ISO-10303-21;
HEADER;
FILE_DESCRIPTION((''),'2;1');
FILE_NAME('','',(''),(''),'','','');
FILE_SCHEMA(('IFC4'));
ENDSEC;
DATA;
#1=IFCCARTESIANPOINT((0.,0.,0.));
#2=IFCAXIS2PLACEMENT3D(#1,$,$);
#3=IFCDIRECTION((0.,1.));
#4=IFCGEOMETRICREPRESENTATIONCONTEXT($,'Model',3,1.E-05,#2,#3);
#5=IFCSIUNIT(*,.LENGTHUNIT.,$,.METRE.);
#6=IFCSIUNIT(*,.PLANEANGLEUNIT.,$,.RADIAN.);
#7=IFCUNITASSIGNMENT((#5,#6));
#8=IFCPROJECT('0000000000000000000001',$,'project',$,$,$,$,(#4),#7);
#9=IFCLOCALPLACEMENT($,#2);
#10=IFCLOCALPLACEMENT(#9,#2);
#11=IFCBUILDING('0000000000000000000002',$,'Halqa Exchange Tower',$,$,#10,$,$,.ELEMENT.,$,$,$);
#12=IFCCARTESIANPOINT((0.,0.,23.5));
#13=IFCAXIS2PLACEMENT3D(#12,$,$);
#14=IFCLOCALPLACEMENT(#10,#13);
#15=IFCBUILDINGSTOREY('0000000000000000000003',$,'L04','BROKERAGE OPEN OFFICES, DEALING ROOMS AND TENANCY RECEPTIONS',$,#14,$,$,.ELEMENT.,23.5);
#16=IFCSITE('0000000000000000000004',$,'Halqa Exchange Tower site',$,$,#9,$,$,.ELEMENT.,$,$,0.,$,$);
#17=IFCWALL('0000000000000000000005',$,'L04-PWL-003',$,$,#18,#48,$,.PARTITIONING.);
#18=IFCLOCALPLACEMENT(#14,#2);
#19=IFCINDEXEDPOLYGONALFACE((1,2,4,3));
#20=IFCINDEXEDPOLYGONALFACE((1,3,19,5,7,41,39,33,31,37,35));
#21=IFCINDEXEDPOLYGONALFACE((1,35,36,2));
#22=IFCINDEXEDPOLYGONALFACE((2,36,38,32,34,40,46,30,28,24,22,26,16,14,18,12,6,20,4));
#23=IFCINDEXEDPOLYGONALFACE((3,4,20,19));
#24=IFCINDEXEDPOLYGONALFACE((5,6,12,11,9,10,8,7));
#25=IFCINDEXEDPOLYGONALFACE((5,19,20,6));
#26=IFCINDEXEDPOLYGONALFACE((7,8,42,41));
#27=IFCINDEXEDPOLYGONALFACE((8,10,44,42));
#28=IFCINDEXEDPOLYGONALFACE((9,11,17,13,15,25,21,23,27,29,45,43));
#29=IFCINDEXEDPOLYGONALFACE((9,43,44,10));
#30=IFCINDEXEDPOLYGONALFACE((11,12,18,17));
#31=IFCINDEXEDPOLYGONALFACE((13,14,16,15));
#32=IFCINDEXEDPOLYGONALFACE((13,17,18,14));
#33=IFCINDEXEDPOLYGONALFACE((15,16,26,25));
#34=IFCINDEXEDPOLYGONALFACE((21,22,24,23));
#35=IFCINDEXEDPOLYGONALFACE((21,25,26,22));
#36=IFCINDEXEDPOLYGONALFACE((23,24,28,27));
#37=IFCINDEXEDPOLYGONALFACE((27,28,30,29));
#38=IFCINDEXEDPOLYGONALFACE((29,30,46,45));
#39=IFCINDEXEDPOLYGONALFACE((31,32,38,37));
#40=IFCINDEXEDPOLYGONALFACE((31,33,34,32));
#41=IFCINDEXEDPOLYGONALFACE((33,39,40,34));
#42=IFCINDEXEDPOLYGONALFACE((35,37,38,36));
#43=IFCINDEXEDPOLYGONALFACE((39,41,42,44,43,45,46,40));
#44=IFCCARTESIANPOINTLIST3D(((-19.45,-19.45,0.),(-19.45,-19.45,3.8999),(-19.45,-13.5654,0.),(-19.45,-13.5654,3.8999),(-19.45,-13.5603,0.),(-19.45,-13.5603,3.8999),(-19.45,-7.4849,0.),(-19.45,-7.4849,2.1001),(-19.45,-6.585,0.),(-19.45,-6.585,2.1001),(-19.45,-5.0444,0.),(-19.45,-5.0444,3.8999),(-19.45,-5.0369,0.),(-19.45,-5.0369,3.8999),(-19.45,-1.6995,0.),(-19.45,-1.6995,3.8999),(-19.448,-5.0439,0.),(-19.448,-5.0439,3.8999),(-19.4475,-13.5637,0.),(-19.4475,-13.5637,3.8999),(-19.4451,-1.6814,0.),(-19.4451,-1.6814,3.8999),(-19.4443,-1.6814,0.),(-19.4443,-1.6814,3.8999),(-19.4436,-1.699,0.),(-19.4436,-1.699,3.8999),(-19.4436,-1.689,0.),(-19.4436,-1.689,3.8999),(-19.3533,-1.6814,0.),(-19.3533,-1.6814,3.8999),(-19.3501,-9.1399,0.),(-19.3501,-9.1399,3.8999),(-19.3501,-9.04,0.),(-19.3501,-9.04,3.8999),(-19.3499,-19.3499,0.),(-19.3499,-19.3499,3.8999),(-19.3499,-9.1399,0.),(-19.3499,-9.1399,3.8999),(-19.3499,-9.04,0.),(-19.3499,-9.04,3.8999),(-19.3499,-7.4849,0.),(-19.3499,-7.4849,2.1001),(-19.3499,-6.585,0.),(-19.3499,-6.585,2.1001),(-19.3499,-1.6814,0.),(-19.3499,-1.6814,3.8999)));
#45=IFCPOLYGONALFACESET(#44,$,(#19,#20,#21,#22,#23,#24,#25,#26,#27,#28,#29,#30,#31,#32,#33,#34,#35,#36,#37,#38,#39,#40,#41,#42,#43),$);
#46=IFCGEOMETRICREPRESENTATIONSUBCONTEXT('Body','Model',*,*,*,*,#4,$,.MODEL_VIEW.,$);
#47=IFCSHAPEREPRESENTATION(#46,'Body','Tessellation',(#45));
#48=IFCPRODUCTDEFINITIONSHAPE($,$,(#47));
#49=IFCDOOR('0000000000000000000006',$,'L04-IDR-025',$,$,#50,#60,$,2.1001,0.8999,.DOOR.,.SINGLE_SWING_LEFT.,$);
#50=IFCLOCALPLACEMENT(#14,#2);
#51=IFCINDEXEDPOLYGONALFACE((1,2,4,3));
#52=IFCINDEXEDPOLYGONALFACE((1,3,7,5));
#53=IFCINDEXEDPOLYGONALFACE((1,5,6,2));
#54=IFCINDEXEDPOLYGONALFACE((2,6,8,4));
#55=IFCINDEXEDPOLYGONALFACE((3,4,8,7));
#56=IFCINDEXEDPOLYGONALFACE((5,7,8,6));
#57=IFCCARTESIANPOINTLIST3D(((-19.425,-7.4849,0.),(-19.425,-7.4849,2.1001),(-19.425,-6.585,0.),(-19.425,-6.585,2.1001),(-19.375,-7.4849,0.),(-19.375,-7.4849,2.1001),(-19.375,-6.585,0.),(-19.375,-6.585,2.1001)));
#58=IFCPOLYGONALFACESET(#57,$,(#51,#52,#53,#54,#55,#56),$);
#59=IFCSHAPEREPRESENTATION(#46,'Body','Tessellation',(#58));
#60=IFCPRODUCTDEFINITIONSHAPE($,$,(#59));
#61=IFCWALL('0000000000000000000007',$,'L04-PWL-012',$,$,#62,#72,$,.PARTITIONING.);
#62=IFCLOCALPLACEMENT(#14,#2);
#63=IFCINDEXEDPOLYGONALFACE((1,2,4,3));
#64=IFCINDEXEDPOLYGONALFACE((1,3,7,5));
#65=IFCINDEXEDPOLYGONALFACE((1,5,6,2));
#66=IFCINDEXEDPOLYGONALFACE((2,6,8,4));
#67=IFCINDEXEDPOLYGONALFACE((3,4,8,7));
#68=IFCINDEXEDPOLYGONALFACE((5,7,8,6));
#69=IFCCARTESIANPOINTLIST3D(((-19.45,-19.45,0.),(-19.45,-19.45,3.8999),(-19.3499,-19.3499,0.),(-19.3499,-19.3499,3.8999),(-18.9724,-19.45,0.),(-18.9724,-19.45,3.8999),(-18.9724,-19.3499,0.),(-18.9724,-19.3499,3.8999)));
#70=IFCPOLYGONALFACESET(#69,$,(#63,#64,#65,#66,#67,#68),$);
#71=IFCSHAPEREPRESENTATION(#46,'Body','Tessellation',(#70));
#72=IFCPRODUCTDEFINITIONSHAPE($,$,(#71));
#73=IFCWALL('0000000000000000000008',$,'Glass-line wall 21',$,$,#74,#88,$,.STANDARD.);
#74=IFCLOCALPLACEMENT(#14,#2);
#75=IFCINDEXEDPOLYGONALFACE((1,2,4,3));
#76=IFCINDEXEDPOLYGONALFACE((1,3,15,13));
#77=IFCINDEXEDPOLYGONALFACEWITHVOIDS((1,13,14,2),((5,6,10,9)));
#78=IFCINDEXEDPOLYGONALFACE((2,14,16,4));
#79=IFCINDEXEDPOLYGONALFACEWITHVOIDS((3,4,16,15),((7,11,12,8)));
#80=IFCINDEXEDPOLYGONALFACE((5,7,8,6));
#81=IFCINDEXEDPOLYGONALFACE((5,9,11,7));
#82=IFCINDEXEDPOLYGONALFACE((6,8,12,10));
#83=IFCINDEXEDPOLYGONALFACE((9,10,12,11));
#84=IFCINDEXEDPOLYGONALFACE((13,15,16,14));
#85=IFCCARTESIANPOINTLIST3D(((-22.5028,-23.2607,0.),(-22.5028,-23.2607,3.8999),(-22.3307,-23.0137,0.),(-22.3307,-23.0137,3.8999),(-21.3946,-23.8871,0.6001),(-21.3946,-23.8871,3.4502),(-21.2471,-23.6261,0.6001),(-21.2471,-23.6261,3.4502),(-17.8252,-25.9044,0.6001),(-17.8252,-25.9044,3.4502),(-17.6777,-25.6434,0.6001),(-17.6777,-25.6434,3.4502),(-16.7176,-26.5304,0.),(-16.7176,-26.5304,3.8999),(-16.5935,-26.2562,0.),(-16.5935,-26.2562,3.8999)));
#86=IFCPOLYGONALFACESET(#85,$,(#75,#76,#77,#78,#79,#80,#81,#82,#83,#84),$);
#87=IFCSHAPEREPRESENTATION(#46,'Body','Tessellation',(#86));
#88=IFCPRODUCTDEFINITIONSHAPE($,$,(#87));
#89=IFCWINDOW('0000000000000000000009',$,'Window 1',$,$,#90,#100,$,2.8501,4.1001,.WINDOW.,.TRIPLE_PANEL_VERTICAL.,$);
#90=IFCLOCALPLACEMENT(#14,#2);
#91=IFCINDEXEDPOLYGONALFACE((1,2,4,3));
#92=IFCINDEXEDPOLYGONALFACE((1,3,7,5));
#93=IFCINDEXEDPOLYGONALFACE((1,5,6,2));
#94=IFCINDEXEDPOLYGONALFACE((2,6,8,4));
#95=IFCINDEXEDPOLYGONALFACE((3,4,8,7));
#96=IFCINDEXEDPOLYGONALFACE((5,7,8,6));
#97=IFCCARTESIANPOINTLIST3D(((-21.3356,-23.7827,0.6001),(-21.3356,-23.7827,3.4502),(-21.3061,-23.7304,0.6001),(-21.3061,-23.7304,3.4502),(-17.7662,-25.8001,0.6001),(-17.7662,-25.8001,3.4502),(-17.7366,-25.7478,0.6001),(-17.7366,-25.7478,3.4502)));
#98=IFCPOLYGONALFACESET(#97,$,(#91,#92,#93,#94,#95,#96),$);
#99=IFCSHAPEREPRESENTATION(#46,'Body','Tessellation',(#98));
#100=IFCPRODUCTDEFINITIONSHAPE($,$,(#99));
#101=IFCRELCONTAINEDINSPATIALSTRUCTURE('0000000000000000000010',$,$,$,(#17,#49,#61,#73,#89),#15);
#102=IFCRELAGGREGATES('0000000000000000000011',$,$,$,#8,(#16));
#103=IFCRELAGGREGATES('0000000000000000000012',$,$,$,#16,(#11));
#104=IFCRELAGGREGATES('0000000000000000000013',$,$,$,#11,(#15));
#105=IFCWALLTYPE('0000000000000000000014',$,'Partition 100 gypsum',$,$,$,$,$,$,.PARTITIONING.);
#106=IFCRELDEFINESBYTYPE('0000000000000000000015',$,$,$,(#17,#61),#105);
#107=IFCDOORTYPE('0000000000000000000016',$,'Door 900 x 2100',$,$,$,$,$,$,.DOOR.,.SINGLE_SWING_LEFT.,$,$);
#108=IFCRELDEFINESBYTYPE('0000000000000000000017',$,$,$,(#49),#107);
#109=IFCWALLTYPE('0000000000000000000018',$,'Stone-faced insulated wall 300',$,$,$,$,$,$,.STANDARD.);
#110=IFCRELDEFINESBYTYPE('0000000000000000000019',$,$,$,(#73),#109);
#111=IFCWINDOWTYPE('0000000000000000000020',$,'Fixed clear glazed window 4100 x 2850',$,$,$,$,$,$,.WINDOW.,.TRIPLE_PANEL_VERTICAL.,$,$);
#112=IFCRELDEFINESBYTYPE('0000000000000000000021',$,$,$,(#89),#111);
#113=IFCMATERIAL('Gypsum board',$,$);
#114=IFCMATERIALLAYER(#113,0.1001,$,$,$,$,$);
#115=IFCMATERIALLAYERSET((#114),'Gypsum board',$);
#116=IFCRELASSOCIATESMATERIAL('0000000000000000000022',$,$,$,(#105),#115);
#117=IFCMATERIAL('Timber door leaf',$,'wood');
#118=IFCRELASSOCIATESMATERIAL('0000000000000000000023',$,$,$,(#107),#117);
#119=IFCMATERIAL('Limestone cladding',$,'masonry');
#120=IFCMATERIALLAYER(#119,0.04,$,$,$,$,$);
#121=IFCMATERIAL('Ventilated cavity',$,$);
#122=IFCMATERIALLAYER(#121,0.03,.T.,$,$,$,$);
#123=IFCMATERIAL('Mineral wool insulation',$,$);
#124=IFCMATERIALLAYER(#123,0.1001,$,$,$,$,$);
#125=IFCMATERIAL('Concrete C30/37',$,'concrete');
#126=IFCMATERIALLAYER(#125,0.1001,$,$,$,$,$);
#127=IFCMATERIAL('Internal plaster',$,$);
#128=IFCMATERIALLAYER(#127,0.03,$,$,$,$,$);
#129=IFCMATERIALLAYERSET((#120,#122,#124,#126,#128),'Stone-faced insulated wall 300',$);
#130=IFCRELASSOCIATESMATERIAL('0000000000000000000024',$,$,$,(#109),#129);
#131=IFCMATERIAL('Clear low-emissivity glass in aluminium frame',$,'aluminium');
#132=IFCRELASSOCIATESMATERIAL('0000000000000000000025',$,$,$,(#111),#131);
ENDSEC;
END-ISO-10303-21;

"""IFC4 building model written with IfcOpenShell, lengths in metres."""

from ifc_helpers import new_model, si_unit, direction, frame, frame_2d, origin, place, context, subcontext, project, spatial, polyline, rectangle, outline, extrude, material, layer, layer_set, type_object, element, fill, save


model = new_model("IFC4")

# Units and contexts
model_context = context("Model", 3, precision=1e-05, world=origin(), true_north=direction((0.0, 1.0)))
body_context = subcontext(model_context, "Body", "Model", "MODEL_VIEW")
ifc_project = project(units=[si_unit("LENGTHUNIT", "METRE"), si_unit("PLANEANGLEUNIT", "RADIAN")], contexts=[model_context])

# Site, building, storey
site_placement = place(None, origin())
site = spatial("IfcSite", under=ifc_project, at=site_placement, Name="Halqa Exchange Tower site", CompositionType="ELEMENT", RefElevation=0.0)
building_placement = place(site_placement, origin())
building = spatial("IfcBuilding", under=site, at=building_placement, Name="Halqa Exchange Tower", CompositionType="ELEMENT")
storey_placement = place(building_placement, frame((0.0, 0.0, 23.5)))
storey = spatial("IfcBuildingStorey", under=building, at=storey_placement, Name="L04", Description="BROKERAGE OPEN OFFICES, DEALING ROOMS AND TENANCY RECEPTIONS", CompositionType="ELEMENT", Elevation=23.5)

# Wall, opening, door
ifc_material_1 = material(Name="Gypsum board")
ifc_layer_1 = layer(ifc_material_1, 0.1001)
ifc_layer_set_1 = layer_set([ifc_layer_1], Name="Gypsum board")
wall_type_1 = type_object("IfcWallType", Name="Partition 100 gypsum", PredefinedType="PARTITIONING", material=ifc_layer_set_1)
wall_1_placement = place(storey_placement, frame((-19.3999, -19.45, 0.0), z_axis=(0.0, 0.0, 1.0), x_axis=(0.0, 1.0, 0.0)))
wall_1 = element("IfcWall", 1, at=wall_1_placement, inside=storey, type_object=wall_type_1, Name="L04-PWL-003", PredefinedType="PARTITIONING", context=body_context, shape_type="SweptSolid", body=[
    extrude(outline(polyline([(0.1001, -0.05), (1.8018, -0.05), (3.5034, -0.05), (5.2051, -0.05), (6.9067, -0.05), (8.6084, -0.05), (10.3101, -0.05), (10.3101, -0.0498), (10.4099, -0.0498), (10.4099, -0.05), (12.2495, -0.05), (14.0894, -0.05), (15.929, -0.05), (17.7686, -0.05), (17.7686, -0.0466), (17.761, 0.0437), (17.7686, 0.0444), (17.7686, 0.0452), (17.751, 0.0437), (17.7505, 0.05), (16.0818, 0.05), (14.4131, 0.05), (14.406, 0.0481), (14.4055, 0.05), (12.7024, 0.05), (10.9993, 0.05), (9.2959, 0.05), (7.5928, 0.05), (5.8896, 0.05), (5.8862, 0.0476), (5.8845, 0.05), (3.9229, 0.05), (1.9614, 0.05), (0.0, 0.05), (0.0999, -0.0498), (0.1001, -0.05)])), origin(), (0.0, 0.0, 1.0), 3.8999),
])
opening_1_placement = place(wall_1_placement, frame((11.9651, 0.0, 0.0)))
opening_1 = element("IfcOpeningElement", 2, at=opening_1_placement, cuts=wall_1, PredefinedType="OPENING", context=body_context, shape_type="SweptSolid", body=[
    extrude(rectangle(XDim=0.8999, YDim=2.1001, at=frame_2d((0.45, 1.05))), frame((0.0, 0.062, 0.0), z_axis=(0.0, -1.0, 0.0), x_axis=(1.0, 0.0, 0.0)), (0.0, 0.0, 1.0), 0.124),
])
ifc_material_2 = material(Name="Timber door leaf", Category="wood")
door_type = type_object("IfcDoorType", Name="Door 900 x 2100", OperationType="SINGLE_SWING_LEFT", PredefinedType="DOOR", material=ifc_material_2)
door_placement = place(opening_1_placement, frame((0.8999, 0.0, 0.0), z_axis=(0.0, 0.0, 1.0), x_axis=(-1.0, 0.0, 0.0)))
door = element("IfcDoor", 3, at=door_placement, inside=storey, type_object=door_type, Name="L04-IDR-025", OperationType="SINGLE_SWING_LEFT", OverallHeight=2.1001, OverallWidth=0.8999, PredefinedType="DOOR", context=body_context, shape_type="SweptSolid", body=[
    extrude(rectangle(XDim=0.8999, YDim=2.1001, at=frame_2d((0.45, 1.05))), frame((0.0, 0.0249, 0.0), z_axis=(0.0, -1.0, 0.0), x_axis=(1.0, 0.0, 0.0)), (0.0, 0.0, 1.0), 0.05),
])
fill(opening_1, door)

# Wall
wall_2_placement = place(storey_placement, frame((-18.9724, -19.3999, 0.0), z_axis=(0.0, 0.0, 1.0), x_axis=(-1.0, 0.0, 0.0)))
element("IfcWall", 4, at=wall_2_placement, inside=storey, type_object=wall_type_1, Name="L04-PWL-012", PredefinedType="PARTITIONING", context=body_context, shape_type="SweptSolid", body=[
    extrude(outline(polyline([(0.0, -0.05), (0.3774, -0.05), (0.4775, 0.05), (0.0, 0.05), (0.0, -0.05)])), origin(), (0.0, 0.0, 1.0), 3.8999),
])

# Wall, opening, window
ifc_material_3 = material(Name="Limestone cladding", Category="masonry")
ifc_layer_2 = layer(ifc_material_3, 0.04)
ifc_material_4 = material(Name="Ventilated cavity")
ifc_layer_3 = layer(ifc_material_4, 0.03, ventilated=True)
ifc_material_5 = material(Name="Mineral wool insulation")
ifc_layer_4 = layer(ifc_material_5, 0.1001)
ifc_material_6 = material(Name="Concrete C30/37", Category="concrete")
ifc_layer_5 = layer(ifc_material_6, 0.1001)
ifc_material_7 = material(Name="Internal plaster")
ifc_layer_6 = layer(ifc_material_7, 0.03)
ifc_layer_set_2 = layer_set([ifc_layer_2, ifc_layer_3, ifc_layer_4, ifc_layer_5, ifc_layer_6], Name="Stone-faced insulated wall 300")
wall_type_2 = type_object("IfcWallType", Name="Stone-faced insulated wall 300", PredefinedType="STANDARD", material=ifc_layer_set_2)
wall_3_placement = place(storey_placement, frame((-22.4167, -23.1372, 0.0), z_axis=(0.0, 0.0, 1.0), x_axis=(0.870579, -0.492029, 0.0)))
wall_3 = element("IfcWall", 5, at=wall_3_placement, inside=storey, type_object=wall_type_2, Name="Glass-line wall 21", PredefinedType="STANDARD", context=body_context, shape_type="SweptSolid", body=[
    extrude(outline(polyline([(-0.0142, -0.1499), (6.6311, -0.1499), (6.6042, 0.1499), (0.0142, 0.1499), (-0.0142, -0.1499)])), origin(), (0.0, 0.0, 1.0), 3.8999),
])
opening_2_placement = place(wall_3_placement, frame((1.2588, 0.0, 0.6001)))
opening_2 = element("IfcOpeningElement", 6, at=opening_2_placement, cuts=wall_3, PredefinedType="OPENING", context=body_context, shape_type="SweptSolid", body=[
    extrude(rectangle(XDim=4.1001, YDim=2.8501, at=frame_2d((2.05, 1.425))), frame((0.0, 0.1621, 0.0), z_axis=(0.0, -1.0, 0.0), x_axis=(1.0, 0.0, 0.0)), (0.0, 0.0, 1.0), 0.324),
])
ifc_material_8 = material(Name="Clear low-emissivity glass in aluminium frame", Category="aluminium")
window_type = type_object("IfcWindowType", Name="Fixed clear glazed window 4100 x 2850", PartitioningType="TRIPLE_PANEL_VERTICAL", PredefinedType="WINDOW", material=ifc_material_8)
window_placement = place(opening_2_placement, origin())
window = element("IfcWindow", 7, at=window_placement, inside=storey, type_object=window_type, Name="Window 1", OverallHeight=2.8501, OverallWidth=4.1001, PartitioningType="TRIPLE_PANEL_VERTICAL", PredefinedType="WINDOW", context=body_context, shape_type="SweptSolid", body=[
    extrude(rectangle(XDim=4.1001, YDim=2.8501, at=frame_2d((2.05, 1.425))), frame((0.0, 0.03, 0.0), z_axis=(0.0, -1.0, 0.0), x_axis=(1.0, 0.0, 0.0)), (0.0, 0.0, 1.0), 0.0601),
])
fill(opening_2, window)

save(model, "model.ifc")
